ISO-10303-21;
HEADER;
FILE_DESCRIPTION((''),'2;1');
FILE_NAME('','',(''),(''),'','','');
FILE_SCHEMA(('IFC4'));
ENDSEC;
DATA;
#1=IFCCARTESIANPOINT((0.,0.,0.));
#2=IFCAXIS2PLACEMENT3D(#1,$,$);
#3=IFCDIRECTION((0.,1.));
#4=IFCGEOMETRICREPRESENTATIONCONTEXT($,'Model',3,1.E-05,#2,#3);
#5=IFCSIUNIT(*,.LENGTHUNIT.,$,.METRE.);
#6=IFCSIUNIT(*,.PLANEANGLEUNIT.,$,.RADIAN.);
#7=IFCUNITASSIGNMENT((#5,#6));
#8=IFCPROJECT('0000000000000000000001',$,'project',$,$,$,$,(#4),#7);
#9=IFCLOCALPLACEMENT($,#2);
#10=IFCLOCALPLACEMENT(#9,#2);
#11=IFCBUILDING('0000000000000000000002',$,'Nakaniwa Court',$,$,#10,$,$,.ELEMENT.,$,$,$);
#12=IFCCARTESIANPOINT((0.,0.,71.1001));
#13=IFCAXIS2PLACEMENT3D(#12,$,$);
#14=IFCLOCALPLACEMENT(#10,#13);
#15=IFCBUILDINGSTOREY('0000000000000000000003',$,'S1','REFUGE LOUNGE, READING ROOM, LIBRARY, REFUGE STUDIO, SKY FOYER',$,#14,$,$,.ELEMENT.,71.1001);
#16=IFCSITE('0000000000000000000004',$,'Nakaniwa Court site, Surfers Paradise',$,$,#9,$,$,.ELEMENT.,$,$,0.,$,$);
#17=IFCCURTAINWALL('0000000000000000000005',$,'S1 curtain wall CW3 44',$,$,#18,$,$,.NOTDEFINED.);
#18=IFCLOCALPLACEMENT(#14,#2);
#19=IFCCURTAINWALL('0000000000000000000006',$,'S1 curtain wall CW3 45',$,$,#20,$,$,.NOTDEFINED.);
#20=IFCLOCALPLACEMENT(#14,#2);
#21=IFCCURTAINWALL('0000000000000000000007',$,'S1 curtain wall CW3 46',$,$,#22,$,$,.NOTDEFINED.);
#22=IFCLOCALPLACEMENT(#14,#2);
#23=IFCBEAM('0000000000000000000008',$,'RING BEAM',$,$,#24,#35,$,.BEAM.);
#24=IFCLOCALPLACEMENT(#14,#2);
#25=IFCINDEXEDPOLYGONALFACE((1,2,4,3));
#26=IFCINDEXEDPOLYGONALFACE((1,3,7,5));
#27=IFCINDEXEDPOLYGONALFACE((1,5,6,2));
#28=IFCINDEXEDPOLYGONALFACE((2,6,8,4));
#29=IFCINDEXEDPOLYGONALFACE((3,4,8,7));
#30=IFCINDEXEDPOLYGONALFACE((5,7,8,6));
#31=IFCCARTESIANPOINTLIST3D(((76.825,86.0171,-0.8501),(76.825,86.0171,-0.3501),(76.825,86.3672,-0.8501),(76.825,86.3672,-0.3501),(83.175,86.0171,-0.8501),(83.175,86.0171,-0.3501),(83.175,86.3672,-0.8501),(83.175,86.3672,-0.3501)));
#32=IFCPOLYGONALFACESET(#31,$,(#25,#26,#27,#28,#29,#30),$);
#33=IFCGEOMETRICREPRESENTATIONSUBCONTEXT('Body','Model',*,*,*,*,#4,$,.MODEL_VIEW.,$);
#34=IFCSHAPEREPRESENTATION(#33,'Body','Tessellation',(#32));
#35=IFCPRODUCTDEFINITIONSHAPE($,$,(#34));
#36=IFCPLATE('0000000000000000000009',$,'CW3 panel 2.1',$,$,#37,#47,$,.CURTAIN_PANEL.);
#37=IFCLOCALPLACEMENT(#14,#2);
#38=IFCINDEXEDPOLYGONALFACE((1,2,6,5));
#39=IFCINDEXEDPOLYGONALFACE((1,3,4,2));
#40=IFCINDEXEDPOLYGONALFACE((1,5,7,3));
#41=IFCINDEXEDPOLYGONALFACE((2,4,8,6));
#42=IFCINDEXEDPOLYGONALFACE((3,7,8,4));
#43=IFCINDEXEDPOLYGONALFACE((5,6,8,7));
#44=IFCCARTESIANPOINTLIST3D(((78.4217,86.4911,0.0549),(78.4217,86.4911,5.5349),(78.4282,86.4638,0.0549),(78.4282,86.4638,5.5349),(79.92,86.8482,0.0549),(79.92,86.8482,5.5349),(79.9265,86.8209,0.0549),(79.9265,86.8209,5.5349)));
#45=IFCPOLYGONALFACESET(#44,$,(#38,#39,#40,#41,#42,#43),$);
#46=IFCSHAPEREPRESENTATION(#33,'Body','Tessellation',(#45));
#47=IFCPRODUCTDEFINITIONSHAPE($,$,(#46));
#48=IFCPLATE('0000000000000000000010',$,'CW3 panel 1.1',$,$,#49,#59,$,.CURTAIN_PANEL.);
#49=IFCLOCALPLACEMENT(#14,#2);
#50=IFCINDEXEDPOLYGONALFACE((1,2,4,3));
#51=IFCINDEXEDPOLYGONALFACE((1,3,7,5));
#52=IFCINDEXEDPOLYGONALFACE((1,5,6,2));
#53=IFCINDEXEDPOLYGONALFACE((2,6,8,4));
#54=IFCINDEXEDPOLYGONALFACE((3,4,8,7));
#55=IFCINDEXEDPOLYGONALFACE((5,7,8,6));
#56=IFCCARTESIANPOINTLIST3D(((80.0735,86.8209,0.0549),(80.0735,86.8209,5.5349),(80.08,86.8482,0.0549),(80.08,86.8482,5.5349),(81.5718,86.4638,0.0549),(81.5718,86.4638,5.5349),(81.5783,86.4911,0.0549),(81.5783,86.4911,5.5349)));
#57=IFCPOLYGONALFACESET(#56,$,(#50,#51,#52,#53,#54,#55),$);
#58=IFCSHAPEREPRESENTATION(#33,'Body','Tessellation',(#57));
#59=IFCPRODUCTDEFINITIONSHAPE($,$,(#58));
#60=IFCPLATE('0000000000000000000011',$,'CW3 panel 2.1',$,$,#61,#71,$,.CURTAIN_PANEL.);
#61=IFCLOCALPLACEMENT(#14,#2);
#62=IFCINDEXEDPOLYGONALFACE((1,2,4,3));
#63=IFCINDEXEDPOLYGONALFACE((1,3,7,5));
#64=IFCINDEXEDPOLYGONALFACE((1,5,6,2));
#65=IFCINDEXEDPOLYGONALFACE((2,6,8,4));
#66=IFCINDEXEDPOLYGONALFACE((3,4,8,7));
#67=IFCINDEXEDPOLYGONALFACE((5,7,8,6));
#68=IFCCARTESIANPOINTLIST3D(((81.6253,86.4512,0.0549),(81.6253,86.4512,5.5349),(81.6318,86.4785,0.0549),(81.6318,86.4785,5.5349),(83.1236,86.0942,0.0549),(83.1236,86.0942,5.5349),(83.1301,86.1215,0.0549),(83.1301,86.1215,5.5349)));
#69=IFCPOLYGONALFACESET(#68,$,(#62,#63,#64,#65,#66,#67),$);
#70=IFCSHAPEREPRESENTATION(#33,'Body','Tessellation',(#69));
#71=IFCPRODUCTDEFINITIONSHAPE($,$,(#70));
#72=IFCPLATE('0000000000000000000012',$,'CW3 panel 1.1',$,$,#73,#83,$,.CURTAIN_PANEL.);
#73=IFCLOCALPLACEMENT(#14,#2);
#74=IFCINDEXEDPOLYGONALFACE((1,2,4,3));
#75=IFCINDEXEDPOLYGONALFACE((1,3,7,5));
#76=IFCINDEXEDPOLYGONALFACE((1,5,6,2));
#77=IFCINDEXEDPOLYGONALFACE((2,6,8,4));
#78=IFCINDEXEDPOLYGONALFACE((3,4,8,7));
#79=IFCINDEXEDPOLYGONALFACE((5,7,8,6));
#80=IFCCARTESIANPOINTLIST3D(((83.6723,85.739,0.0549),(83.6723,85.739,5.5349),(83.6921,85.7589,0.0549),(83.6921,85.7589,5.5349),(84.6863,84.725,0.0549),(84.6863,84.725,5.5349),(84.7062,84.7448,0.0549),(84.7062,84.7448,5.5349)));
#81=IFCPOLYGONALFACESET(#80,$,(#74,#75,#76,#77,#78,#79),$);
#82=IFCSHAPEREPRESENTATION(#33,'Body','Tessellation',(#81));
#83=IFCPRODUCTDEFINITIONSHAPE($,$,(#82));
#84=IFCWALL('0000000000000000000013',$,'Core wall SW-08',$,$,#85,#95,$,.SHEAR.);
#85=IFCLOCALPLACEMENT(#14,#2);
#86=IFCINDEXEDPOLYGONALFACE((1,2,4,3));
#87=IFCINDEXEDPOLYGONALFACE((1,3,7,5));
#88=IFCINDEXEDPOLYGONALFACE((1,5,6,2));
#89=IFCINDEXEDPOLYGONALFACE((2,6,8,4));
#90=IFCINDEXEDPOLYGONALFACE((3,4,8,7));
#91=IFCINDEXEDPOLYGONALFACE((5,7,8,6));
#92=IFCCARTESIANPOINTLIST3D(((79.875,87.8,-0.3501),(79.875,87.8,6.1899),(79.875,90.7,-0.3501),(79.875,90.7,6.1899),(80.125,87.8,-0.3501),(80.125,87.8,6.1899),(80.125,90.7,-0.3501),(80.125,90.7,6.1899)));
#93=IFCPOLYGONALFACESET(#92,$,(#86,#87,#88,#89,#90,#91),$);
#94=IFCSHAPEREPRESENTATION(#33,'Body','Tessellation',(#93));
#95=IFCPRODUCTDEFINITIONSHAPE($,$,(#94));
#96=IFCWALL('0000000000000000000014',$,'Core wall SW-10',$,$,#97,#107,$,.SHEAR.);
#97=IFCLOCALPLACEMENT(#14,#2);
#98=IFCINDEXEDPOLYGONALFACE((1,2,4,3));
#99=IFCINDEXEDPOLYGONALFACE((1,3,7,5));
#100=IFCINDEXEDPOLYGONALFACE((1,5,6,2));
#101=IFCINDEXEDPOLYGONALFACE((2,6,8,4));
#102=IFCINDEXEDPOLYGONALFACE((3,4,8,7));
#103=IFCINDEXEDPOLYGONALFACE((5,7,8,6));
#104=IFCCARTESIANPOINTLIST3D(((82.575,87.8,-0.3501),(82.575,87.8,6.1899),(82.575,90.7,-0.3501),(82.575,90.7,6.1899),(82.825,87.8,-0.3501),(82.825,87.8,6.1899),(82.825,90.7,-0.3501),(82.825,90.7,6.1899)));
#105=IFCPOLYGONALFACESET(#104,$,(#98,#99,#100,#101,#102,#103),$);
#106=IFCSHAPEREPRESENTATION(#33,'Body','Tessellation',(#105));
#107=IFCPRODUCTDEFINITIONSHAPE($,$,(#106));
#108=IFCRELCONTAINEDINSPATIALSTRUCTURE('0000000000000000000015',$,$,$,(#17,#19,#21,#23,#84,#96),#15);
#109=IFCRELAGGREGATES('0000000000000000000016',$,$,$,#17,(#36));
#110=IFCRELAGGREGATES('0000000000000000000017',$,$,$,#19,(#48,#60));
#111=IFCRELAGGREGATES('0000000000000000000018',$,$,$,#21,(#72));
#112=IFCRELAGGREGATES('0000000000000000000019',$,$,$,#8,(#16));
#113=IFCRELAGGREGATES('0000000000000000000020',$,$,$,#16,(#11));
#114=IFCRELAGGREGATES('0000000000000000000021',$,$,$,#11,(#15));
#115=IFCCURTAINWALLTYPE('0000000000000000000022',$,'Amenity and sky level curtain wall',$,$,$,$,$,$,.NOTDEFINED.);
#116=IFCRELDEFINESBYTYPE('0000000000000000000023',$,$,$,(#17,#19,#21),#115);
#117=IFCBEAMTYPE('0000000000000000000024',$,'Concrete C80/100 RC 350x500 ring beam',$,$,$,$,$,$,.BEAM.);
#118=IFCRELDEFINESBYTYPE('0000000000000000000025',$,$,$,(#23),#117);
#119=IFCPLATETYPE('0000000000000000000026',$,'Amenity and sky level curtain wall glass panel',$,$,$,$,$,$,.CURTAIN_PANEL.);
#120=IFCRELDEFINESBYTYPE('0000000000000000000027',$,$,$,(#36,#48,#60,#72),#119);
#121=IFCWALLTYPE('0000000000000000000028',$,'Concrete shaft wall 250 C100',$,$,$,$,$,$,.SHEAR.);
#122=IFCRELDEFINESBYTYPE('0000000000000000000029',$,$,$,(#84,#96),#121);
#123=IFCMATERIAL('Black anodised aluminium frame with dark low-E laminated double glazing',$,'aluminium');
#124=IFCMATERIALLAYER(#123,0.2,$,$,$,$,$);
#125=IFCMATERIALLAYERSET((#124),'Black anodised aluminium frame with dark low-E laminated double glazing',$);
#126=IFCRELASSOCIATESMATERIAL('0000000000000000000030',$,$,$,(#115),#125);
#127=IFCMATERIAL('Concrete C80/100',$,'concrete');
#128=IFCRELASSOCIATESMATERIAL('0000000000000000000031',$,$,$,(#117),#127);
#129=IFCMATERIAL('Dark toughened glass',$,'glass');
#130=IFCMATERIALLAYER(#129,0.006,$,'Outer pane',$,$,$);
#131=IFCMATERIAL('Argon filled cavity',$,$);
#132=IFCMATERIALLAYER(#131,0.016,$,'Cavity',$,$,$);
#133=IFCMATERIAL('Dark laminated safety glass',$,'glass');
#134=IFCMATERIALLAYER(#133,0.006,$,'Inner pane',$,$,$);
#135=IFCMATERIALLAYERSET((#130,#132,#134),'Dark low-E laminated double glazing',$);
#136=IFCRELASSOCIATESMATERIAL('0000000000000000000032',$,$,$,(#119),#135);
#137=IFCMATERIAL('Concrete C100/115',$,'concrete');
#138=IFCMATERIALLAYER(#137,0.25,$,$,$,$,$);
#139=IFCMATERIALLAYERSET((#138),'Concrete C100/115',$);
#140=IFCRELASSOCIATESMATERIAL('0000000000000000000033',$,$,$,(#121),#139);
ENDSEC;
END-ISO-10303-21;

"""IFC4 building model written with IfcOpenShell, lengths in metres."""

from ifc_helpers import new_model, si_unit, direction, frame, frame_2d, origin, origin_2d, place, context, subcontext, project, spatial, rectangle, extrude, material, layer, layer_set, material_profile, profile_set, type_object, element, aggregate, save


model = new_model("IFC4")

# Units and contexts
model_context = context("Model", 3, precision=1e-05, world=origin(), true_north=direction((0.0, 1.0)))
body_context = subcontext(model_context, "Body", "Model", "MODEL_VIEW")
ifc_project = project(units=[si_unit("LENGTHUNIT", "METRE"), si_unit("PLANEANGLEUNIT", "RADIAN")], contexts=[model_context])

# Site, building, storey
site_placement = place(None, origin())
site = spatial("IfcSite", under=ifc_project, at=site_placement, Name="Nakaniwa Court site, Surfers Paradise", CompositionType="ELEMENT", RefElevation=0.0)
building_placement = place(site_placement, origin())
building = spatial("IfcBuilding", under=site, at=building_placement, Name="Nakaniwa Court", CompositionType="ELEMENT")
storey_placement = place(building_placement, frame((0.0, 0.0, 71.1001)))
storey = spatial("IfcBuildingStorey", under=building, at=storey_placement, Name="S1", Description="REFUGE LOUNGE, READING ROOM, LIBRARY, REFUGE STUDIO, SKY FOYER", CompositionType="ELEMENT", Elevation=71.1001)

# Shared definitions
ifc_material_1 = material(Name="Concrete C80/100", Category="concrete")

# Curtain walls
ifc_material_2 = material(Name="Black anodised aluminium frame with dark low-E laminated double glazing", Category="aluminium")
ifc_layer_1 = layer(ifc_material_2, 0.2)
ifc_layer_set_1 = layer_set([ifc_layer_1], Name="Black anodised aluminium frame with dark low-E laminated double glazing")
curtain_wall_type = type_object("IfcCurtainWallType", Name="Amenity and sky level curtain wall", PredefinedType="NOTDEFINED", material=ifc_layer_set_1)
curtain_wall_1_placement = place(storey_placement, origin())
curtain_wall_1 = element("IfcCurtainWall", 1, at=curtain_wall_1_placement, inside=storey, type_object=curtain_wall_type, Name="S1 curtain wall CW3 44", PredefinedType="NOTDEFINED")
curtain_wall_2_placement = place(storey_placement, origin())
curtain_wall_2 = element("IfcCurtainWall", 2, at=curtain_wall_2_placement, inside=storey, type_object=curtain_wall_type, Name="S1 curtain wall CW3 45", PredefinedType="NOTDEFINED")

# Curtain wall
curtain_wall_3_placement = place(storey_placement, origin())
curtain_wall_3 = element("IfcCurtainWall", 3, at=curtain_wall_3_placement, inside=storey, type_object=curtain_wall_type, Name="S1 curtain wall CW3 46", PredefinedType="NOTDEFINED")

# Beam
ifc_material_profile_1 = material_profile(ifc_material_1, rectangle(XDim=0.3501, YDim=0.5, at=origin_2d()), Name="Concrete C80/100 RC 350x500 ring beam")
ifc_profile_set_1 = profile_set([ifc_material_profile_1], Name="Concrete C80/100")
beam_type = type_object("IfcBeamType", Name="Concrete C80/100 RC 350x500 ring beam", PredefinedType="BEAM", material=ifc_profile_set_1)
beam_placement = place(storey_placement, frame((83.175, 86.1921, -0.6001), z_axis=(-1.0, 0.0, 0.0), x_axis=(0.0, -1.0, 0.0)))
element("IfcBeam", 4, at=beam_placement, inside=storey, type_object=beam_type, Name="RING BEAM", PredefinedType="BEAM", context=body_context, shape_type="SweptSolid", body=[
    extrude(rectangle(XDim=0.3501, YDim=0.5, at=origin_2d()), origin(), (0.0, 0.0, 1.0), 6.3501),
])

# Plates
ifc_material_3 = material(Name="Dark toughened glass", Category="glass")
ifc_layer_2 = layer(ifc_material_3, 0.006, Name="Outer pane")
ifc_material_4 = material(Name="Argon filled cavity")
ifc_layer_3 = layer(ifc_material_4, 0.016, Name="Cavity")
ifc_material_5 = material(Name="Dark laminated safety glass", Category="glass")
ifc_layer_4 = layer(ifc_material_5, 0.006, Name="Inner pane")
ifc_layer_set_2 = layer_set([ifc_layer_2, ifc_layer_3, ifc_layer_4], Name="Dark low-E laminated double glazing")
plate_type = type_object("IfcPlateType", Name="Amenity and sky level curtain wall glass panel", PredefinedType="CURTAIN_PANEL", material=ifc_layer_set_2)
plate_1_placement = place(storey_placement, frame((79.1741, 86.656, 0.0549), z_axis=(0.0, 0.0, 1.0), x_axis=(0.972766, 0.231791, 0.0)))
plate_1 = element("IfcPlate", 5, at=plate_1_placement, type_object=plate_type, Name="CW3 panel 2.1", PredefinedType="CURTAIN_PANEL", context=body_context, shape_type="SweptSolid", body=[
    extrude(rectangle(XDim=1.5403, YDim=0.0281, at=origin_2d()), origin(), (0.0, 0.0, 1.0), 5.48),
])
aggregate(curtain_wall_1, [plate_1])
plate_2_placement = place(storey_placement, frame((80.8259, 86.656, 0.0549), z_axis=(0.0, 0.0, 1.0), x_axis=(0.972766, -0.231791, 0.0)))
plate_2 = element("IfcPlate", 6, at=plate_2_placement, type_object=plate_type, Name="CW3 panel 1.1", PredefinedType="CURTAIN_PANEL", context=body_context, shape_type="SweptSolid", body=[
    extrude(rectangle(XDim=1.5403, YDim=0.0281, at=origin_2d()), origin(), (0.0, 0.0, 1.0), 5.48),
])
plate_3_placement = place(storey_placement, frame((82.3777, 86.2864, 0.0549), z_axis=(0.0, 0.0, 1.0), x_axis=(0.972766, -0.231791, 0.0)))
plate_3 = element("IfcPlate", 7, at=plate_3_placement, type_object=plate_type, Name="CW3 panel 2.1", PredefinedType="CURTAIN_PANEL", context=body_context, shape_type="SweptSolid", body=[
    extrude(rectangle(XDim=1.5403, YDim=0.0281, at=origin_2d()), origin(), (0.0, 0.0, 1.0), 5.48),
])
aggregate(curtain_wall_2, [plate_2, plate_3])
plate_4_placement = place(storey_placement, frame((84.1892, 85.2419, 0.0549), z_axis=(0.0, 0.0, 1.0), x_axis=(0.707107, -0.707107, 0.0)))
plate_4 = element("IfcPlate", 8, at=plate_4_placement, type_object=plate_type, Name="CW3 panel 1.1", PredefinedType="CURTAIN_PANEL", context=body_context, shape_type="SweptSolid", body=[
    extrude(rectangle(XDim=1.4341, YDim=0.0281, at=origin_2d()), origin(), (0.0, 0.0, 1.0), 5.48),
])
aggregate(curtain_wall_3, [plate_4])

# Walls
ifc_material_6 = material(Name="Concrete C100/115", Category="concrete")
ifc_layer_5 = layer(ifc_material_6, 0.25)
ifc_layer_set_3 = layer_set([ifc_layer_5], Name="Concrete C100/115")
wall_type = type_object("IfcWallType", Name="Concrete shaft wall 250 C100", PredefinedType="SHEAR", material=ifc_layer_set_3)
for number, where, z_axis, x_axis, name in (
    (9, (80.0, 87.8, -0.3501), (0.0, 0.0, 1.0), (0.0, 1.0, 0.0), "Core wall SW-08"),
    (10, (82.7, 87.8, -0.3501), (0.0, 0.0, 1.0), (0.0, 1.0, 0.0), "Core wall SW-10"),
):
    element("IfcWall", number, at=place(storey_placement, frame(where, z_axis=z_axis, x_axis=x_axis)), inside=storey, type_object=wall_type, Name=name, PredefinedType="SHEAR", context=body_context, shape_type="SweptSolid", body=[
        extrude(rectangle(XDim=2.8999, YDim=0.25, at=frame_2d((1.45, 0.0))), origin(), (0.0, 0.0, 1.0), 6.54),
    ])

save(model, "model.ifc")
